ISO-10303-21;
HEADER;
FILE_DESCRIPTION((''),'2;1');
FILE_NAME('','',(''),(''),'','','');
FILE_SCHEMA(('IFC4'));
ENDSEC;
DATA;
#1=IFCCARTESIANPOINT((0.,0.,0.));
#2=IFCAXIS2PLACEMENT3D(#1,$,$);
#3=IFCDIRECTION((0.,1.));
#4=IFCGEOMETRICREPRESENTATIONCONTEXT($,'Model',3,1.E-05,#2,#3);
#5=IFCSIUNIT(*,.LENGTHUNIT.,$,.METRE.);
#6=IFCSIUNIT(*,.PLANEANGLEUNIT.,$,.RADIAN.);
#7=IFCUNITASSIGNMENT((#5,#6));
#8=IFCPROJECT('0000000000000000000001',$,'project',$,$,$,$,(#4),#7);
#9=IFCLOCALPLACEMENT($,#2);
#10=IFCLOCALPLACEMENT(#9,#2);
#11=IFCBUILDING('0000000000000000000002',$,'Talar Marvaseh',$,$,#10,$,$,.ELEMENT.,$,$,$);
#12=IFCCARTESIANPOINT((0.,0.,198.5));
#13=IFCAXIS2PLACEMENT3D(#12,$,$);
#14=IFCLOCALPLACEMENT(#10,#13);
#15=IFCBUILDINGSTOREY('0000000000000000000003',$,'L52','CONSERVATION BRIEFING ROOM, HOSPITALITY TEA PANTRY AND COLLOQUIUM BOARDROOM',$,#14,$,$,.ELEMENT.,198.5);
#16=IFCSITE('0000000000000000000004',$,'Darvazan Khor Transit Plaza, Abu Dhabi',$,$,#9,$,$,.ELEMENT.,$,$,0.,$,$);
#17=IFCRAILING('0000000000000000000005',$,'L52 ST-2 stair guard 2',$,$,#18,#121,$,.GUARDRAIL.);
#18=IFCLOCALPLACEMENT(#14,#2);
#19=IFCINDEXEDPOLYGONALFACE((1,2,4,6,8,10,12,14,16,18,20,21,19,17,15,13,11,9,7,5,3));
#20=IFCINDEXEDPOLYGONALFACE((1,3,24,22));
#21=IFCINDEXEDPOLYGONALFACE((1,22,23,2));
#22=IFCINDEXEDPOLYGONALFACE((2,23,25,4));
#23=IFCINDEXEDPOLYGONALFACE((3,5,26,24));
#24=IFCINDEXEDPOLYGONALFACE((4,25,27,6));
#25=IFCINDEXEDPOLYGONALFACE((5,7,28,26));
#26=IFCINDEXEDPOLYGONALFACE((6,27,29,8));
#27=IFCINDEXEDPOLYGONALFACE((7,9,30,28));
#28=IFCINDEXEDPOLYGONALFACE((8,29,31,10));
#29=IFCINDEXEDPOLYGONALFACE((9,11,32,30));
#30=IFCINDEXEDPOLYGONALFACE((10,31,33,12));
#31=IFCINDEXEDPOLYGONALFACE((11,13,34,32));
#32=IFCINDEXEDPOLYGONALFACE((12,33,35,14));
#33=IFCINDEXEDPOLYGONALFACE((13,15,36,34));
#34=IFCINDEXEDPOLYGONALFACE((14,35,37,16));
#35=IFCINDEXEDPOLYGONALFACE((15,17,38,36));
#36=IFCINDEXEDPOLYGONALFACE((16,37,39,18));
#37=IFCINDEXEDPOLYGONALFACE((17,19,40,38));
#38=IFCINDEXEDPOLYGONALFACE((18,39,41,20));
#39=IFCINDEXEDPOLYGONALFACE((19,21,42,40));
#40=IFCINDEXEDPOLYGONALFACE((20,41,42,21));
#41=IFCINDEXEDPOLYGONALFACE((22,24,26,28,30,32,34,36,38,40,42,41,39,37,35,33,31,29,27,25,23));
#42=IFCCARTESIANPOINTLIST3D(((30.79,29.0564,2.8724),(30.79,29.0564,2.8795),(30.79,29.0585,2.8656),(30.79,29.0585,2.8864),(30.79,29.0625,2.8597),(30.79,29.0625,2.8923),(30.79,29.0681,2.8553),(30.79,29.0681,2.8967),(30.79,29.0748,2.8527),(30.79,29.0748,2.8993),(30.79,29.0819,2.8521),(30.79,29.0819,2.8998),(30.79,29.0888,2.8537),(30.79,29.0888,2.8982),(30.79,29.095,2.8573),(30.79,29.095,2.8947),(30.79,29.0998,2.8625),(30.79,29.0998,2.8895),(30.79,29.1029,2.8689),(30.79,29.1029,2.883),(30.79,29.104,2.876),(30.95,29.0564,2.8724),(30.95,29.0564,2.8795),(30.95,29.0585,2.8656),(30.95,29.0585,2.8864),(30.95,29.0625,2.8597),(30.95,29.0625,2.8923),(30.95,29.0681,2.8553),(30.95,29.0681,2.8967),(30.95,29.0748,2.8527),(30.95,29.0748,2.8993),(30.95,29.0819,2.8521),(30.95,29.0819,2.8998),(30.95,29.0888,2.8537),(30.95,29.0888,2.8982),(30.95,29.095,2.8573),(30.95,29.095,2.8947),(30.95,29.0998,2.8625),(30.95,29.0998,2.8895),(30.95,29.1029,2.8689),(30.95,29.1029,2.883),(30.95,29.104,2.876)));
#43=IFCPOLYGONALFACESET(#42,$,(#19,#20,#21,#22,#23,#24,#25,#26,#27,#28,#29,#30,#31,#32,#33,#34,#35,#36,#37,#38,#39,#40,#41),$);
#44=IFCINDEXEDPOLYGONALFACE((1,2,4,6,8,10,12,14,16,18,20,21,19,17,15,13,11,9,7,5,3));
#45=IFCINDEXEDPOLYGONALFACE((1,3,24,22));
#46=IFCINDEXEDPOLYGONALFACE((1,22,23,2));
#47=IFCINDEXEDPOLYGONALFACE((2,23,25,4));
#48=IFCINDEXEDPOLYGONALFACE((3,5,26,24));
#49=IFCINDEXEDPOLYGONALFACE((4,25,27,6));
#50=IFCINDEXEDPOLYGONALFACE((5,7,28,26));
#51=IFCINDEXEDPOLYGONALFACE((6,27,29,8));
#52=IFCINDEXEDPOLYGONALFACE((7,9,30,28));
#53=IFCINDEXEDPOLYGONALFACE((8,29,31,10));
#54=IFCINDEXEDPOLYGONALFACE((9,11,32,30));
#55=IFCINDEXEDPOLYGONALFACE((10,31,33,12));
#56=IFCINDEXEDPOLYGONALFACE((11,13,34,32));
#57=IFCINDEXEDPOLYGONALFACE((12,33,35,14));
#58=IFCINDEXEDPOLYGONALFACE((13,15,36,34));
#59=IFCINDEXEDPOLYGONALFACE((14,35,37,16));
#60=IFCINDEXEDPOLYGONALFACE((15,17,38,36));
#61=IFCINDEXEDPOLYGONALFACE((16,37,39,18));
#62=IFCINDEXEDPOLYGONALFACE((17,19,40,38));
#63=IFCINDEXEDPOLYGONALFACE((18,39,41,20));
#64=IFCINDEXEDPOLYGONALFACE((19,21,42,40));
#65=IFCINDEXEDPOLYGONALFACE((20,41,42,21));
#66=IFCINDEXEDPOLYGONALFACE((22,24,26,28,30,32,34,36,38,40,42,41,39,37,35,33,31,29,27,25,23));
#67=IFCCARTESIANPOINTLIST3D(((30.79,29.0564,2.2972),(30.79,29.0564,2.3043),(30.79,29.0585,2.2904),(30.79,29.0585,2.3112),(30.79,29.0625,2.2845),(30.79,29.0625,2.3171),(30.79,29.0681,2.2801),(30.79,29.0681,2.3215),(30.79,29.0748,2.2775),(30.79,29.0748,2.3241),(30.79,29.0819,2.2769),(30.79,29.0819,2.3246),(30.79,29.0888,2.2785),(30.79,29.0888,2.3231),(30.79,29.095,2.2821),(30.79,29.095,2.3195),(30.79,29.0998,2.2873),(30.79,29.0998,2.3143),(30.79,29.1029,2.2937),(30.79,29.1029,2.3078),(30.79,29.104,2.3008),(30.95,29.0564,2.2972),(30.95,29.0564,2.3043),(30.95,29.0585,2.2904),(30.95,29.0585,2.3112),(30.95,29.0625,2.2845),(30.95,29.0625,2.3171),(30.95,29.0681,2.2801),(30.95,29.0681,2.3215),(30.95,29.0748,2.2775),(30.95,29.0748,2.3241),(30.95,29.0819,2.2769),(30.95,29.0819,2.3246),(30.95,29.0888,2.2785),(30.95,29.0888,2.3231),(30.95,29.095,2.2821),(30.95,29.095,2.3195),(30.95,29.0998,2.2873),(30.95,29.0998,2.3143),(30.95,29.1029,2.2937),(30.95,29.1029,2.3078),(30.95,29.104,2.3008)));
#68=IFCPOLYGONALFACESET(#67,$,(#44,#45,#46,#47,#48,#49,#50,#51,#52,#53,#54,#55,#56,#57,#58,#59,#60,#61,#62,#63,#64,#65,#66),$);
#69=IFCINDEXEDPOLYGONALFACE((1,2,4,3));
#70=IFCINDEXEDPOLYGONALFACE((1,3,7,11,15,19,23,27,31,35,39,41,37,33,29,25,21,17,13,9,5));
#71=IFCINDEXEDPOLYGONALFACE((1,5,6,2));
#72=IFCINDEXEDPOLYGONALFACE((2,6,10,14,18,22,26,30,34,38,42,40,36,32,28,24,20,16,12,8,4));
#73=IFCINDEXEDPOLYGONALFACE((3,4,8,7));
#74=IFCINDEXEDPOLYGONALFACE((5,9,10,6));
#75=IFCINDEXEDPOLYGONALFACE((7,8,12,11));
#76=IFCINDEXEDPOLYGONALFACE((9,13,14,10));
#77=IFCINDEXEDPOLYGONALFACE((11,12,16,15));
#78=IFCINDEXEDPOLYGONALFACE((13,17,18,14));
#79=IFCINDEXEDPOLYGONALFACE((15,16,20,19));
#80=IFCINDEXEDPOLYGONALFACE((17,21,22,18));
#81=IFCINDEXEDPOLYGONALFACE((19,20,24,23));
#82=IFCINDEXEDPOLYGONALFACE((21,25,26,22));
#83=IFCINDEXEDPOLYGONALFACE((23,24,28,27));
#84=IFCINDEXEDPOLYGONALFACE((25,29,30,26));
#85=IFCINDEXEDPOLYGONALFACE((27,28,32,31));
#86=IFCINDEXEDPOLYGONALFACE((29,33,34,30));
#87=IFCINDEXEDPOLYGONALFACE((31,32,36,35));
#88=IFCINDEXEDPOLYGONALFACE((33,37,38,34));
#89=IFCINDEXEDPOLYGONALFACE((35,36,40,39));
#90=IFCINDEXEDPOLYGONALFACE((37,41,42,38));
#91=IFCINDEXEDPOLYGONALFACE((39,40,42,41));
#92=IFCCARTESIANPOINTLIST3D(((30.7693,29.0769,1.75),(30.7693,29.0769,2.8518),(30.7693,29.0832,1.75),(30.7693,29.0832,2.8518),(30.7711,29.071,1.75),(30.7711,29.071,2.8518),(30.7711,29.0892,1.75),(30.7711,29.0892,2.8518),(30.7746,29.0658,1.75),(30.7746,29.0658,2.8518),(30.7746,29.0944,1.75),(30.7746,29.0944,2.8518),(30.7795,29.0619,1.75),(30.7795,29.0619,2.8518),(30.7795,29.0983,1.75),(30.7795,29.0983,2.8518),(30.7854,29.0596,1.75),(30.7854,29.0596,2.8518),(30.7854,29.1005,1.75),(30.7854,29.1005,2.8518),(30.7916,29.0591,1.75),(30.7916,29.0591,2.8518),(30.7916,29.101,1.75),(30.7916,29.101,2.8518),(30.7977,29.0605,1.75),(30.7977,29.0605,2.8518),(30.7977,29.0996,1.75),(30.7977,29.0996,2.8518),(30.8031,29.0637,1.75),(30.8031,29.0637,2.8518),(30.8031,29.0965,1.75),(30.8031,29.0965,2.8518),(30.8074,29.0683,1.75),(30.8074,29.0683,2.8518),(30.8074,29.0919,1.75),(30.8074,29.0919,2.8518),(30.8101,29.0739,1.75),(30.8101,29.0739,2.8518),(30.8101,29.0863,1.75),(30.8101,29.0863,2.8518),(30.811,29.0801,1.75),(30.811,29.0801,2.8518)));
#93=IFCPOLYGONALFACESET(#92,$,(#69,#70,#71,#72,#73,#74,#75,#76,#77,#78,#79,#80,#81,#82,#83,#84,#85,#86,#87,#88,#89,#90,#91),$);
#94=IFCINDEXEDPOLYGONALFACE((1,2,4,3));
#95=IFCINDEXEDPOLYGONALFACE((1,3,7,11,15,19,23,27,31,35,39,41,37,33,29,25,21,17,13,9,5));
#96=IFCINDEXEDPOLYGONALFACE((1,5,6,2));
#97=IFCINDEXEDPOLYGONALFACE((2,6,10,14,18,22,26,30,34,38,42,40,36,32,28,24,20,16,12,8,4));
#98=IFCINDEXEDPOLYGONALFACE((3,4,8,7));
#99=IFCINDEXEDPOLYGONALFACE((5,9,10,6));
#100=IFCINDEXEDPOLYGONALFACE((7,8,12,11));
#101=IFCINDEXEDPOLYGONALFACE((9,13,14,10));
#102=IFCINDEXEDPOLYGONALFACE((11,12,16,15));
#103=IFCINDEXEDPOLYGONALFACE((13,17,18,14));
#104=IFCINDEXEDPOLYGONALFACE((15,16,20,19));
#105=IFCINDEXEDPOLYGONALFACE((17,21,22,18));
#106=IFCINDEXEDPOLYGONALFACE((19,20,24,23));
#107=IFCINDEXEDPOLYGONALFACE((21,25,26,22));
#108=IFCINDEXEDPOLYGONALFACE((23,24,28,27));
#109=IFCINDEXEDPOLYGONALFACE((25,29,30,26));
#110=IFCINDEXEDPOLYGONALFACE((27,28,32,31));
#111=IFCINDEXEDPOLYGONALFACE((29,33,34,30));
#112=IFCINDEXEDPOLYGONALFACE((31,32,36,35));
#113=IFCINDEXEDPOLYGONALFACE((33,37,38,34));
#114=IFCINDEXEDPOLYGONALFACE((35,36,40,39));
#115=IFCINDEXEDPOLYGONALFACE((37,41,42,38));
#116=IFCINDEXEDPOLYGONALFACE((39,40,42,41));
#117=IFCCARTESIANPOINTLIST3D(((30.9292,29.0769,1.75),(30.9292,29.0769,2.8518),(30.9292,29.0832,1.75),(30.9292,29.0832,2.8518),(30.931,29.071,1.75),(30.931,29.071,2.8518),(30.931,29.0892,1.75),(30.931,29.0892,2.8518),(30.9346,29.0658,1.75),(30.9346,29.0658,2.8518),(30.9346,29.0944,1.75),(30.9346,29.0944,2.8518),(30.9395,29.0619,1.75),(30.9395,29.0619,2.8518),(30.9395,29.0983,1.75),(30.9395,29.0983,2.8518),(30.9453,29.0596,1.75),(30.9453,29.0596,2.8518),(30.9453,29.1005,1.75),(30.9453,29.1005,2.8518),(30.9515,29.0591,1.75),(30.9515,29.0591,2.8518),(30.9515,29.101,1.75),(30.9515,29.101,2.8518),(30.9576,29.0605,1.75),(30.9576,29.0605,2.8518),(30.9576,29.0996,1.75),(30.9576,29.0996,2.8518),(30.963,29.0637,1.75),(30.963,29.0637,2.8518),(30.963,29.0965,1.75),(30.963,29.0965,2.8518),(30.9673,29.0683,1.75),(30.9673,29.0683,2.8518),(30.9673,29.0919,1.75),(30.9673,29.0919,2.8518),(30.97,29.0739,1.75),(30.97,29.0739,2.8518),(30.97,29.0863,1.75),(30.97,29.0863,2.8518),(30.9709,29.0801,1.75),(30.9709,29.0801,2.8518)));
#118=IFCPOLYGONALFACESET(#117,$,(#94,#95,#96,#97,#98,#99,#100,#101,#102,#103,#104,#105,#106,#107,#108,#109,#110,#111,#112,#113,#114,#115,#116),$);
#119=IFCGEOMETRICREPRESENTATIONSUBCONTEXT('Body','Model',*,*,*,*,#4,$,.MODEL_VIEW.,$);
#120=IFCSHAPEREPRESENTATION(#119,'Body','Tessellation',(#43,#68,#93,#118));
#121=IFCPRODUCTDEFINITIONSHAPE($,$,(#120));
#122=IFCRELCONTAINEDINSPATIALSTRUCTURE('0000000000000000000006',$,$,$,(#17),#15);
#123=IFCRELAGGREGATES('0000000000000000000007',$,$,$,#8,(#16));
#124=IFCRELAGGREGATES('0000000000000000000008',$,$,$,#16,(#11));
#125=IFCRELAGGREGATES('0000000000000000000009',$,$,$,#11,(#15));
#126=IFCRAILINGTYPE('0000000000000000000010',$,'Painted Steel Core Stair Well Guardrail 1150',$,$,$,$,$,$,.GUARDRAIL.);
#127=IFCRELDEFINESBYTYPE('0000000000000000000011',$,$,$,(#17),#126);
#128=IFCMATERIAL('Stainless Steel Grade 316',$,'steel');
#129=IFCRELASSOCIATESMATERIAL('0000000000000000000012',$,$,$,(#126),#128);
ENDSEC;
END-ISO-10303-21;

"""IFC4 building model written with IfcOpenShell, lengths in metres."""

from ifc_helpers import new_model, si_unit, direction, frame, origin, origin_2d, place, context, subcontext, project, spatial, circle, extrude, material, type_object, element, save


model = new_model("IFC4")

# Units and contexts
model_context = context("Model", 3, precision=1e-05, world=origin(), true_north=direction((0.0, 1.0)))
body_context = subcontext(model_context, "Body", "Model", "MODEL_VIEW")
ifc_project = project(units=[si_unit("LENGTHUNIT", "METRE"), si_unit("PLANEANGLEUNIT", "RADIAN")], contexts=[model_context])

# Site, building, storey
site_placement = place(None, origin())
site = spatial("IfcSite", under=ifc_project, at=site_placement, Name="Darvazan Khor Transit Plaza, Abu Dhabi", CompositionType="ELEMENT", RefElevation=0.0)
building_placement = place(site_placement, origin())
building = spatial("IfcBuilding", under=site, at=building_placement, Name="Talar Marvaseh", CompositionType="ELEMENT")
storey_placement = place(building_placement, frame((0.0, 0.0, 198.5)))
storey = spatial("IfcBuildingStorey", under=building, at=storey_placement, Name="L52", Description="CONSERVATION BRIEFING ROOM, HOSPITALITY TEA PANTRY AND COLLOQUIUM BOARDROOM", CompositionType="ELEMENT", Elevation=198.5)

# Shared definitions
ifc_material_1 = material(Name="Stainless Steel Grade 316", Category="steel")

# Railing
railing_type_1 = type_object("IfcRailingType", Name="Painted Steel Core Stair Well Guardrail 1150", PredefinedType="GUARDRAIL", material=ifc_material_1)
railing_1_placement = place(storey_placement, frame((30.79, 29.0801, 1.75)))
element("IfcRailing", 1, at=railing_1_placement, inside=storey, type_object=railing_type_1, Name="L52 ST-2 stair guard 2", PredefinedType="GUARDRAIL", context=body_context, shape_type="SweptSolid", body=[
    extrude(circle(Radius=0.0239, at=origin_2d()), frame((0.0, 0.0, 1.126), z_axis=(1.0, 0.0, 0.0), x_axis=(0.0, 1.0, 0.0)), (0.0, 0.0, 1.0), 0.1599),
    extrude(circle(Radius=0.0239, at=origin_2d()), frame((0.0, 0.0, 0.5508), z_axis=(1.0, 0.0, 0.0), x_axis=(0.0, 1.0, 0.0)), (0.0, 0.0, 1.0), 0.1599),
    extrude(circle(Radius=0.021, at=origin_2d()), origin(), (0.0, 0.0, 1.0), 1.1018),
    extrude(circle(Radius=0.021, at=origin_2d()), frame((0.1599, 0.0, 0.0)), (0.0, 0.0, 1.0), 1.1018),
])

save(model, "model.ifc")
